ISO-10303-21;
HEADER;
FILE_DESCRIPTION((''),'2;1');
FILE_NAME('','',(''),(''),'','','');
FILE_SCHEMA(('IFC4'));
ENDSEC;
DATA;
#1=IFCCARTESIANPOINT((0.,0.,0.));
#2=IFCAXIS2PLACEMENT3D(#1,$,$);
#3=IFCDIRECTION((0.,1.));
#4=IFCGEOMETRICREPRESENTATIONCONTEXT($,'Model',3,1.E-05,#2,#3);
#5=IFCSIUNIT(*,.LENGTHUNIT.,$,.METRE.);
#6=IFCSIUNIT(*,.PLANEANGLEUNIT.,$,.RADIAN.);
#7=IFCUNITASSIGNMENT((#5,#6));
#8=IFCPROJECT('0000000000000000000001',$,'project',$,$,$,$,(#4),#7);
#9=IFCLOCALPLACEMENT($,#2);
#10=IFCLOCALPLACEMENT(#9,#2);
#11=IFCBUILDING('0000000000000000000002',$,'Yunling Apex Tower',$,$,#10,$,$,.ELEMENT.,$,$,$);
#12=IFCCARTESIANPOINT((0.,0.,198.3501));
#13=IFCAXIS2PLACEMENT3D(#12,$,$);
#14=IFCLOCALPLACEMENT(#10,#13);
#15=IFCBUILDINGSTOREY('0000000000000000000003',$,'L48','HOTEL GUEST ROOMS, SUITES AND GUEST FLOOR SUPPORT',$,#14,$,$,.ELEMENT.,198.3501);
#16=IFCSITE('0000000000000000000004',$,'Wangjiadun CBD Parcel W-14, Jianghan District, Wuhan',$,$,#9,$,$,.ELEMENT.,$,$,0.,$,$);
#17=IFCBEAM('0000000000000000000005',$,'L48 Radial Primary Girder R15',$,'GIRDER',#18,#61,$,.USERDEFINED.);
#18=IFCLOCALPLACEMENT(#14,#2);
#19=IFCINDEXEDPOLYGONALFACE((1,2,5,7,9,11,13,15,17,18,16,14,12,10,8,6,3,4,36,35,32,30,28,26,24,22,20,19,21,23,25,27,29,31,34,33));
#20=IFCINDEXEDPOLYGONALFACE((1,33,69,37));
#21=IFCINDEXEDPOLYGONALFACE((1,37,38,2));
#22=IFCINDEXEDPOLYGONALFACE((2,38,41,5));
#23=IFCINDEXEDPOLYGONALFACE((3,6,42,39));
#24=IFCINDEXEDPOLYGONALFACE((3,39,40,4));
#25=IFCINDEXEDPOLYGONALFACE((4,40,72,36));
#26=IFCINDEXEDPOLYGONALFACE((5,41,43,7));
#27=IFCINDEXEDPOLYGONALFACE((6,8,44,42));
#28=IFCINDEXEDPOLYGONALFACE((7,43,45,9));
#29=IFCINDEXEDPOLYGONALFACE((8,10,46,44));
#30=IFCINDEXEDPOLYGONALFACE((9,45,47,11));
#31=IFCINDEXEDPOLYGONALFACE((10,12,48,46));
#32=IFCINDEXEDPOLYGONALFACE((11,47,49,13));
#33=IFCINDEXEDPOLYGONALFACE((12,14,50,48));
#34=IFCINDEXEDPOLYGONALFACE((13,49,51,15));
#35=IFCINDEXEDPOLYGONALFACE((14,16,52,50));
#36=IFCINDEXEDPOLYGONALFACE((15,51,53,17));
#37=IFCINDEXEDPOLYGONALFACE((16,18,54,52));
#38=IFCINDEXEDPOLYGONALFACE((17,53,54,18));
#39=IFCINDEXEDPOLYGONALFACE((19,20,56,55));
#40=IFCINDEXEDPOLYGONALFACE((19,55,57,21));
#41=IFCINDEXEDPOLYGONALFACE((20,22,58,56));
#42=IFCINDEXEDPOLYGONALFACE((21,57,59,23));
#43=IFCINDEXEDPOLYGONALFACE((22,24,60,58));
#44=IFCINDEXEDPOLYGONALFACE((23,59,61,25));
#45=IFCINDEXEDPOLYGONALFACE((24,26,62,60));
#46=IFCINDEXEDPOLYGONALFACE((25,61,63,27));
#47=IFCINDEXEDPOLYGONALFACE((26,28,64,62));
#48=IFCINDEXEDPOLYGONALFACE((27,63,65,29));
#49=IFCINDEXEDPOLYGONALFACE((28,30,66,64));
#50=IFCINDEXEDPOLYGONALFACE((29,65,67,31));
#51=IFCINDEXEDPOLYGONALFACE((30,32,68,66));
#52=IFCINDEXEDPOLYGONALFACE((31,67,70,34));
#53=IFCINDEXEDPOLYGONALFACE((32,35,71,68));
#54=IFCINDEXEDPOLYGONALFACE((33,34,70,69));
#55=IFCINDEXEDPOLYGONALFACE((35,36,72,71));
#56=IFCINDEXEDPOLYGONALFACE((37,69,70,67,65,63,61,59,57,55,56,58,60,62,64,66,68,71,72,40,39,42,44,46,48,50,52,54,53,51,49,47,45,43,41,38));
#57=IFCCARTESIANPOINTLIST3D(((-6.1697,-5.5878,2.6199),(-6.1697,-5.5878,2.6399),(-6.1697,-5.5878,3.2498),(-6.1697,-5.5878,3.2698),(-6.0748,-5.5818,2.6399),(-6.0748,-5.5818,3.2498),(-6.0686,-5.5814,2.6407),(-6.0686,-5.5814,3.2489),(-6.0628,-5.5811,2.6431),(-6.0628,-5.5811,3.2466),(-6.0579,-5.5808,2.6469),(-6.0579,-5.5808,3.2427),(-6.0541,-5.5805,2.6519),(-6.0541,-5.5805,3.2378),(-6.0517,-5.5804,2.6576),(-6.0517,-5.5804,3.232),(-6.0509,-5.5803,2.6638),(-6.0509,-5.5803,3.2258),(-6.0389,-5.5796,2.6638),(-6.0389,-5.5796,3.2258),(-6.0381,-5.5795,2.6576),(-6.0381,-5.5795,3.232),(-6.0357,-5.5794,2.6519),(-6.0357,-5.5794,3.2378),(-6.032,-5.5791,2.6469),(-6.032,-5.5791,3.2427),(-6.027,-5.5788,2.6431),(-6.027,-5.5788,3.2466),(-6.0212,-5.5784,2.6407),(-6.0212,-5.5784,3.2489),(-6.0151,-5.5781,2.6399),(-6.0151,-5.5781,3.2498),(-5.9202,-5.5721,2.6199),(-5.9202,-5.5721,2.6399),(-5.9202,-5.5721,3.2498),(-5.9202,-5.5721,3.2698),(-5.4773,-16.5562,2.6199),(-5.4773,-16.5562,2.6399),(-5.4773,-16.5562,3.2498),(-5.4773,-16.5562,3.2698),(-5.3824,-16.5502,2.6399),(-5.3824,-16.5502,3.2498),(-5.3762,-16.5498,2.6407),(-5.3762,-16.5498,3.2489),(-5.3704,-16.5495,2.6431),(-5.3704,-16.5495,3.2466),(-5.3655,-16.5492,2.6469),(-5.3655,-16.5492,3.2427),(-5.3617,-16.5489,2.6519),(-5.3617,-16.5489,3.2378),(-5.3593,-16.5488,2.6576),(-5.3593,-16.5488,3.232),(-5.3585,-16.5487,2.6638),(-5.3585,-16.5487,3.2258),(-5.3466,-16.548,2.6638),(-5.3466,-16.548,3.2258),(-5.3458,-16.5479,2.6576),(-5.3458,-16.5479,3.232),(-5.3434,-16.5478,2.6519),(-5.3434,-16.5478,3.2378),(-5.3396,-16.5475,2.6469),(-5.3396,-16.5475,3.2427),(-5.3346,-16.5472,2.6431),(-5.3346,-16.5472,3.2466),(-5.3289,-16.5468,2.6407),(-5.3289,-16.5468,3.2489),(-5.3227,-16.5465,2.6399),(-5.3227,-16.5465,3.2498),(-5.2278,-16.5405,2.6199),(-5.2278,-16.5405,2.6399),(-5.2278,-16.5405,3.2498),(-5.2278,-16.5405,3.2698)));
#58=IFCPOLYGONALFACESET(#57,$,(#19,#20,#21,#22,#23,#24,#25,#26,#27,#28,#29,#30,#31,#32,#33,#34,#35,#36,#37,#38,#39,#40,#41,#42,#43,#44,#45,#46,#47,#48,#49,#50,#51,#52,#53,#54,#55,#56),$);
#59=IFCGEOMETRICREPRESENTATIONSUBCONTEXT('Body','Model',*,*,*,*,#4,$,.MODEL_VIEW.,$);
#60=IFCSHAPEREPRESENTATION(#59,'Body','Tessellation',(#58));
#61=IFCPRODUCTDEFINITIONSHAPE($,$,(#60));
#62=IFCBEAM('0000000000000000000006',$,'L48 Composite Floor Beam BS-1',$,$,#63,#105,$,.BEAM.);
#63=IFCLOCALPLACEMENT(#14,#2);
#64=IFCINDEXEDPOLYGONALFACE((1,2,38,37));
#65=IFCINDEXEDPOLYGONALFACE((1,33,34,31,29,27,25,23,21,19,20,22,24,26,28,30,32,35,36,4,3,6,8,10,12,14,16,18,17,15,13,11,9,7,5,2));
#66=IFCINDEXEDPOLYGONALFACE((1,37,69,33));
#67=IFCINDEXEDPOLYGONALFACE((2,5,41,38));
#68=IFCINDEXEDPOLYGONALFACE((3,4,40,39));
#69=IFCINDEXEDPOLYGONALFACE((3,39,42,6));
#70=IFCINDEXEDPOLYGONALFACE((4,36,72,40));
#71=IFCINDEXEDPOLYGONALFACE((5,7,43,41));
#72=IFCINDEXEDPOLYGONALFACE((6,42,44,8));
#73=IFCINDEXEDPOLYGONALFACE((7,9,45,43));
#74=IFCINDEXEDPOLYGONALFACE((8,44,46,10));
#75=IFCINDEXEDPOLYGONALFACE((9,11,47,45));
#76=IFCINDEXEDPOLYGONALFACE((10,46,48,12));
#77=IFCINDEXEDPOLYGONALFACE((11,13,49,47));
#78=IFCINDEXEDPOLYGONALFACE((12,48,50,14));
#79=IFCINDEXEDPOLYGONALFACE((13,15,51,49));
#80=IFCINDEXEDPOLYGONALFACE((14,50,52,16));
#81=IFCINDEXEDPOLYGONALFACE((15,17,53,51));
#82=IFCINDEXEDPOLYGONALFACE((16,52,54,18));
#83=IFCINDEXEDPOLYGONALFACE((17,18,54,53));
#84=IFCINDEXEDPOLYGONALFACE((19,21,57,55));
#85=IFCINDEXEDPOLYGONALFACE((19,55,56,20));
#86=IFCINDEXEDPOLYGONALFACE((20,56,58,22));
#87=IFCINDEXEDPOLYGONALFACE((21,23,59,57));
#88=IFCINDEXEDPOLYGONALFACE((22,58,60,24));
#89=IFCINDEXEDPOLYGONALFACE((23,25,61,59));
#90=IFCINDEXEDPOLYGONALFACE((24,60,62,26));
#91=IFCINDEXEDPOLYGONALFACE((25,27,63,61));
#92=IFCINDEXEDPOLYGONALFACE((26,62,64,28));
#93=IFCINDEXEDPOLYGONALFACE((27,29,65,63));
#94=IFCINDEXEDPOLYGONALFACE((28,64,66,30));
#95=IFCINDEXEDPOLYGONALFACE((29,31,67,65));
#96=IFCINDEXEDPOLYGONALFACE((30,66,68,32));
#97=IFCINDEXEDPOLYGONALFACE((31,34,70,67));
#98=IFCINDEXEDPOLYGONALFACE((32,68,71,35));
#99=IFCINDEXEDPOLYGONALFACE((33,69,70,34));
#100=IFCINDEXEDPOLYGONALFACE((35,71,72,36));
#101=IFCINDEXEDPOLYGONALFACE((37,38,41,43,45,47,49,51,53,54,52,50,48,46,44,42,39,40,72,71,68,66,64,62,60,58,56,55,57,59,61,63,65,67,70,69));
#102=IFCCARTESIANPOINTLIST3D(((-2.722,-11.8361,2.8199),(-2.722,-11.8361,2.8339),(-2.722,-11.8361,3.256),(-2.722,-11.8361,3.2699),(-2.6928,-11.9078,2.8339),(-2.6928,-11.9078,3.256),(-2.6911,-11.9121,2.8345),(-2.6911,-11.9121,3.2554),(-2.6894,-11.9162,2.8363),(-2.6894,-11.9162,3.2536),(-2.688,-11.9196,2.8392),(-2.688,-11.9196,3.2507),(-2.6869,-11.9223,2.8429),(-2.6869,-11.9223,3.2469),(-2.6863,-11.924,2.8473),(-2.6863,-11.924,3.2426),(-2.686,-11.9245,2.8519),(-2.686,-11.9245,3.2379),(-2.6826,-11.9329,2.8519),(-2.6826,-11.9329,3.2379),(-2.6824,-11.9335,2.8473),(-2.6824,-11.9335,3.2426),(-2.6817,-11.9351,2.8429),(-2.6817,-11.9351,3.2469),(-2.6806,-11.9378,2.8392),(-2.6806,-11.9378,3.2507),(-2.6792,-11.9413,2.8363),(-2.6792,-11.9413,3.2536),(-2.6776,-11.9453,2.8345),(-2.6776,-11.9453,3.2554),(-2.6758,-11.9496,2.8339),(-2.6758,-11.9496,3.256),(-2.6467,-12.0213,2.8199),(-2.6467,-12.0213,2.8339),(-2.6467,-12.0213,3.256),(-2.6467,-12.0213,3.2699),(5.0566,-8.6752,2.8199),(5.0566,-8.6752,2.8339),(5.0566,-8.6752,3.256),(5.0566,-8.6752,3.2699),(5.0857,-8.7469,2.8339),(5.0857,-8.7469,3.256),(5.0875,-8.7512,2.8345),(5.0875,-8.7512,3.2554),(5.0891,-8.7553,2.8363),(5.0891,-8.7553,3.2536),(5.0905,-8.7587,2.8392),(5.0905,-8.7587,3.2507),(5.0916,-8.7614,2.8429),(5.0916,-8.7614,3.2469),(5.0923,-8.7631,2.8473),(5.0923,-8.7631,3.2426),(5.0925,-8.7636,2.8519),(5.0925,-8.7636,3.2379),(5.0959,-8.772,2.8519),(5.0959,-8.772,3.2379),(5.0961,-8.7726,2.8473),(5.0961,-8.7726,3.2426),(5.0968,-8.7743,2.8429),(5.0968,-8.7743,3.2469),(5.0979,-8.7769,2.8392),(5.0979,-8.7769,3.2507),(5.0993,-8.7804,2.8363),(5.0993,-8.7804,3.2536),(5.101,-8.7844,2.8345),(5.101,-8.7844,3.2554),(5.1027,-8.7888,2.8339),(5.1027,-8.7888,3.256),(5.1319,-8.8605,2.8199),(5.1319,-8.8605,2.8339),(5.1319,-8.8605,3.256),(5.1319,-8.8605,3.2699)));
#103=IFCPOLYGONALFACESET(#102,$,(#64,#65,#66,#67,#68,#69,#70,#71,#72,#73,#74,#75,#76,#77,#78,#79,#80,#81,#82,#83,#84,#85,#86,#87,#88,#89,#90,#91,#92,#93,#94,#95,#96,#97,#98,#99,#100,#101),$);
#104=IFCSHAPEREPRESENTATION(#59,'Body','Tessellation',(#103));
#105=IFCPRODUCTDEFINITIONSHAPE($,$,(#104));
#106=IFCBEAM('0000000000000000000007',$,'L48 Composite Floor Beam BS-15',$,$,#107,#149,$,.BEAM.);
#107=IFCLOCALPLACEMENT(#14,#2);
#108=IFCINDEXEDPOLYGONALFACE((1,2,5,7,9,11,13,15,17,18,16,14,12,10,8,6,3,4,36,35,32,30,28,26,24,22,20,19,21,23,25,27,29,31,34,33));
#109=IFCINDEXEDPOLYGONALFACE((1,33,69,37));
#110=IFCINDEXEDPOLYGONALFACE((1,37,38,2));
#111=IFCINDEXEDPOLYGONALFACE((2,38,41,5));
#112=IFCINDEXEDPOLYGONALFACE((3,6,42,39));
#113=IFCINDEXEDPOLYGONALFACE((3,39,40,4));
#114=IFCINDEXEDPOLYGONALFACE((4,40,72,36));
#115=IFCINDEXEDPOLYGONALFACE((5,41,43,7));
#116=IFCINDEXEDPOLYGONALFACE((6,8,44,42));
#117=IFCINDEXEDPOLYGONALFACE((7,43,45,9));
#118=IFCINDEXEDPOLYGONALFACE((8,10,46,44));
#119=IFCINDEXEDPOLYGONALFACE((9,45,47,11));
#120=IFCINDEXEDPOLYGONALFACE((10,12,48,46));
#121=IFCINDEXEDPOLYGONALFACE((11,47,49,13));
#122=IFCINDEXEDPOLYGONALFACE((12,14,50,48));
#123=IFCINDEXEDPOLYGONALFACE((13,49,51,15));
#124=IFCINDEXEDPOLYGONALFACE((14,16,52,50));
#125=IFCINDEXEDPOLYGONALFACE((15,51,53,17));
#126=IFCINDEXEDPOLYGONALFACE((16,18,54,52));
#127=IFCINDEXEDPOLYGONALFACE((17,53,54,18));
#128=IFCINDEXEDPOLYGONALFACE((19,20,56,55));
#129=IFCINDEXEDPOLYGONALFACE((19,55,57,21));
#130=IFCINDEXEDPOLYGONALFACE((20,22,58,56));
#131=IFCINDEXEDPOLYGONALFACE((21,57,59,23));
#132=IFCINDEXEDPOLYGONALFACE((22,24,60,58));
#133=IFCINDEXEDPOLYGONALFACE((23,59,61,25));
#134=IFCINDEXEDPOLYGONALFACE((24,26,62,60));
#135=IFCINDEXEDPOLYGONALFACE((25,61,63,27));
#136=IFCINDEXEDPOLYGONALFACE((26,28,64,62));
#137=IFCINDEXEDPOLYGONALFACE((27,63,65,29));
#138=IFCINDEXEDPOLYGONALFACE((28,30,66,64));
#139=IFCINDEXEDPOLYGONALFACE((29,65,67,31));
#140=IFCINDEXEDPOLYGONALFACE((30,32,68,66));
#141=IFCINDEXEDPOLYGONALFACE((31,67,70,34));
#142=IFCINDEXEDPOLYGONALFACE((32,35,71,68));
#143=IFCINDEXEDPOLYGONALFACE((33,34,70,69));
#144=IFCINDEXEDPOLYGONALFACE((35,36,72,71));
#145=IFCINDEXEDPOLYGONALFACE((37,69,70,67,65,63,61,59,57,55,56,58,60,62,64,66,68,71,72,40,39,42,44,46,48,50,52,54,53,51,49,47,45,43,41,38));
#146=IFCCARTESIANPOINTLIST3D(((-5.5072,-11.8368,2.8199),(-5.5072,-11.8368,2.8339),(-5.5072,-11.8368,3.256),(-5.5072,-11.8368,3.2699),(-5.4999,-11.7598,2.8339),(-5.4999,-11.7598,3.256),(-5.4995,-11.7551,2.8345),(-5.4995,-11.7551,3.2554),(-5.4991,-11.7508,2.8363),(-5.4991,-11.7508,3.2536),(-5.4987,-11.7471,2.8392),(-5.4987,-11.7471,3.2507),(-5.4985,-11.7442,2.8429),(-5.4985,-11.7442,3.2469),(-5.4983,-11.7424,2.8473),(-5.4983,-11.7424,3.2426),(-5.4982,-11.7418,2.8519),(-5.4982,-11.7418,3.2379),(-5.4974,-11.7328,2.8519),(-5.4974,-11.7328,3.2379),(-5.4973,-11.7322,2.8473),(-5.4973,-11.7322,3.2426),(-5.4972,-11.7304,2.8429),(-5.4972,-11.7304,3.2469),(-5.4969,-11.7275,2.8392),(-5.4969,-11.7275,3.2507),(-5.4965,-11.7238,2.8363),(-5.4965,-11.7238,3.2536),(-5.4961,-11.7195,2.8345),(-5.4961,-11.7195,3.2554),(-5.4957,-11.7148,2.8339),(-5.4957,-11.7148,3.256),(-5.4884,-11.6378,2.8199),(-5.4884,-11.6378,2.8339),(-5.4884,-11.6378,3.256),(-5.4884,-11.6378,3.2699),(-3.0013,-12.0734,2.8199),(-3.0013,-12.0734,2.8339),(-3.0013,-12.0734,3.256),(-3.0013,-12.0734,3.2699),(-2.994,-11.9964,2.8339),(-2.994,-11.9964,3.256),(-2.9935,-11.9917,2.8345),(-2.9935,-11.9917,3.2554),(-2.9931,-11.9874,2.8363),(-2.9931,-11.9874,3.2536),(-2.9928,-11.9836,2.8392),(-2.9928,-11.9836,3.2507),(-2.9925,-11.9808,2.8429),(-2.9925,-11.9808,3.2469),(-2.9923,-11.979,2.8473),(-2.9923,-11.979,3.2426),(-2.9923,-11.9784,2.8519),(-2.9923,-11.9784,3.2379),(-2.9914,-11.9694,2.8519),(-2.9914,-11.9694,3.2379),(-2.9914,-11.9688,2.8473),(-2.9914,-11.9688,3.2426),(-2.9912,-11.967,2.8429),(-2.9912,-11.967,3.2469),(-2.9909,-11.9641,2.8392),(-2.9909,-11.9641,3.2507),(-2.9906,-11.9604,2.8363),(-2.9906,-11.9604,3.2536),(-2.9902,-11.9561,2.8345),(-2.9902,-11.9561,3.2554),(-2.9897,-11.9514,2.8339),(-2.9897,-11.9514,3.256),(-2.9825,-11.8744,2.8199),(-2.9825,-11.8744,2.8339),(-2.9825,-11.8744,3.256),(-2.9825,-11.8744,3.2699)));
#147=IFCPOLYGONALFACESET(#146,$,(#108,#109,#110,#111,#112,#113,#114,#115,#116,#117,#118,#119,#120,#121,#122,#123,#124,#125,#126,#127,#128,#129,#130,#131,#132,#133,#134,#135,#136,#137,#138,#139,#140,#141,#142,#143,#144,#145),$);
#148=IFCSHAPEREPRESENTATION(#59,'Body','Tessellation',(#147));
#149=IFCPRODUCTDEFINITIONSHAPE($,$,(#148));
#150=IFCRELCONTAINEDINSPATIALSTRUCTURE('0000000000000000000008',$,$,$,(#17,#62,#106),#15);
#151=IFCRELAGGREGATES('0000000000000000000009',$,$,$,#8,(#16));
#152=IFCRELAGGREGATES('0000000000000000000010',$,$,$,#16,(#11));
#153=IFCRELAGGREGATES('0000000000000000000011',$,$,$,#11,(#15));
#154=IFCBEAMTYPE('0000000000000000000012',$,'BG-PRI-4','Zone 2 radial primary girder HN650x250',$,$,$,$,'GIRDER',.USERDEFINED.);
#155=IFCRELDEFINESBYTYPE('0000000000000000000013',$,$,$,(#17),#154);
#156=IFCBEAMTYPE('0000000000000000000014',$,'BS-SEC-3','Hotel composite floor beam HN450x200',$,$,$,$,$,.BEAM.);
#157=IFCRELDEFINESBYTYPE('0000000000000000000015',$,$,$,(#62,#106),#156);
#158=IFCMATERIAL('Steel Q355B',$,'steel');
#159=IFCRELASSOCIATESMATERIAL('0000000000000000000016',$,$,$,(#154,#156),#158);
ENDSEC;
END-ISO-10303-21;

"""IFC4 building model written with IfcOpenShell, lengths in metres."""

from ifc_helpers import new_model, si_unit, direction, frame, origin, origin_2d, place, context, subcontext, project, spatial, i_section, extrude, source, transform, mapped, material, material_profile, profile_set, type_object, element, save


model = new_model("IFC4")

# Units and contexts
model_context = context("Model", 3, precision=1e-05, world=origin(), true_north=direction((0.0, 1.0)))
body_context = subcontext(model_context, "Body", "Model", "MODEL_VIEW")
ifc_project = project(units=[si_unit("LENGTHUNIT", "METRE"), si_unit("PLANEANGLEUNIT", "RADIAN")], contexts=[model_context])

# Site, building, storey
site_placement = place(None, origin())
site = spatial("IfcSite", under=ifc_project, at=site_placement, Name="Wangjiadun CBD Parcel W-14, Jianghan District, Wuhan", CompositionType="ELEMENT", RefElevation=0.0)
building_placement = place(site_placement, origin())
building = spatial("IfcBuilding", under=site, at=building_placement, Name="Yunling Apex Tower", CompositionType="ELEMENT")
storey_placement = place(building_placement, frame((0.0, 0.0, 198.3501)))
storey = spatial("IfcBuildingStorey", under=building, at=storey_placement, Name="L48", Description="HOTEL GUEST ROOMS, SUITES AND GUEST FLOOR SUPPORT", CompositionType="ELEMENT", Elevation=198.3501)

# Beams
ifc_material_1 = material(Name="Steel Q355B", Category="steel")
ifc_material_profile_1 = material_profile(ifc_material_1, i_section(OverallWidth=0.25, OverallDepth=0.6499, WebThickness=0.012, FlangeThickness=0.02, FilletRadius=0.0239, at=origin_2d()))
ifc_profile_set_1 = profile_set([ifc_material_profile_1], Name="Steel Q355B")
beam_type_1 = type_object("IfcBeamType", Name="BG-PRI-4", Description="Zone 2 radial primary girder HN650x250", ElementType="GIRDER", PredefinedType="USERDEFINED", material=ifc_profile_set_1)
shared_shape_1 = source(origin(), body_context, "Body", "SweptSolid", [
    extrude(i_section(OverallWidth=0.25, OverallDepth=0.6499, WebThickness=0.012, FlangeThickness=0.02, FilletRadius=0.0239, at=origin_2d()), origin(), (0.0, 0.0, 1.0), 10.9902),
])
beam_1_placement = place(storey_placement, frame((-5.3525, -16.5483, 2.9448), z_axis=(-0.062999, 0.998014, 0.0), x_axis=(-0.998014, -0.062999, 0.0)))
element("IfcBeam", 1, at=beam_1_placement, inside=storey, type_object=beam_type_1, Name="L48 Radial Primary Girder R15", ObjectType="GIRDER", PredefinedType="USERDEFINED", context=body_context, shape_type="MappedRepresentation", body=[
    mapped(shared_shape_1, transform((0.0, 0.0, 0.0), scale=1.0)),
])
ifc_material_profile_2 = material_profile(ifc_material_1, i_section(OverallWidth=0.2, OverallDepth=0.45, WebThickness=0.009, FlangeThickness=0.0139, FilletRadius=0.0181, at=origin_2d()))
ifc_profile_set_2 = profile_set([ifc_material_profile_2], Name="Steel Q355B")
beam_type_2 = type_object("IfcBeamType", Name="BS-SEC-3", Description="Hotel composite floor beam HN450x200", PredefinedType="BEAM", material=ifc_profile_set_2)
shared_shape_2 = source(origin(), body_context, "Body", "SweptSolid", [
    extrude(i_section(OverallWidth=0.2, OverallDepth=0.45, WebThickness=0.009, FlangeThickness=0.0139, FilletRadius=0.0181, at=origin_2d()), origin(), (0.0, 0.0, 1.0), 8.3962),
])
beam_2_placement = place(storey_placement, frame((-2.6843, -11.9287, 3.0449), z_axis=(0.926431, 0.376464, 0.0), x_axis=(-0.376464, 0.926431, 0.0)))
element("IfcBeam", 2, at=beam_2_placement, inside=storey, type_object=beam_type_2, Name="L48 Composite Floor Beam BS-1", PredefinedType="BEAM", context=body_context, shape_type="MappedRepresentation", body=[
    mapped(shared_shape_2, transform((0.0, 0.0, 0.0), scale=1.0)),
])
shared_shape_3 = source(origin(), body_context, "Body", "SweptSolid", [
    extrude(i_section(OverallWidth=0.2, OverallDepth=0.45, WebThickness=0.009, FlangeThickness=0.0139, FilletRadius=0.0181, at=origin_2d()), origin(), (0.0, 0.0, 1.0), 2.5171),
])
beam_3_placement = place(storey_placement, frame((-5.4978, -11.7373, 3.0449), z_axis=(0.995573, -0.09399, 0.0), x_axis=(0.09399, 0.995573, 0.0)))
element("IfcBeam", 3, at=beam_3_placement, inside=storey, type_object=beam_type_2, Name="L48 Composite Floor Beam BS-15", PredefinedType="BEAM", context=body_context, shape_type="MappedRepresentation", body=[
    mapped(shared_shape_3, transform((0.0, 0.0, 0.0), scale=1.0)),
])

save(model, "model.ifc")
